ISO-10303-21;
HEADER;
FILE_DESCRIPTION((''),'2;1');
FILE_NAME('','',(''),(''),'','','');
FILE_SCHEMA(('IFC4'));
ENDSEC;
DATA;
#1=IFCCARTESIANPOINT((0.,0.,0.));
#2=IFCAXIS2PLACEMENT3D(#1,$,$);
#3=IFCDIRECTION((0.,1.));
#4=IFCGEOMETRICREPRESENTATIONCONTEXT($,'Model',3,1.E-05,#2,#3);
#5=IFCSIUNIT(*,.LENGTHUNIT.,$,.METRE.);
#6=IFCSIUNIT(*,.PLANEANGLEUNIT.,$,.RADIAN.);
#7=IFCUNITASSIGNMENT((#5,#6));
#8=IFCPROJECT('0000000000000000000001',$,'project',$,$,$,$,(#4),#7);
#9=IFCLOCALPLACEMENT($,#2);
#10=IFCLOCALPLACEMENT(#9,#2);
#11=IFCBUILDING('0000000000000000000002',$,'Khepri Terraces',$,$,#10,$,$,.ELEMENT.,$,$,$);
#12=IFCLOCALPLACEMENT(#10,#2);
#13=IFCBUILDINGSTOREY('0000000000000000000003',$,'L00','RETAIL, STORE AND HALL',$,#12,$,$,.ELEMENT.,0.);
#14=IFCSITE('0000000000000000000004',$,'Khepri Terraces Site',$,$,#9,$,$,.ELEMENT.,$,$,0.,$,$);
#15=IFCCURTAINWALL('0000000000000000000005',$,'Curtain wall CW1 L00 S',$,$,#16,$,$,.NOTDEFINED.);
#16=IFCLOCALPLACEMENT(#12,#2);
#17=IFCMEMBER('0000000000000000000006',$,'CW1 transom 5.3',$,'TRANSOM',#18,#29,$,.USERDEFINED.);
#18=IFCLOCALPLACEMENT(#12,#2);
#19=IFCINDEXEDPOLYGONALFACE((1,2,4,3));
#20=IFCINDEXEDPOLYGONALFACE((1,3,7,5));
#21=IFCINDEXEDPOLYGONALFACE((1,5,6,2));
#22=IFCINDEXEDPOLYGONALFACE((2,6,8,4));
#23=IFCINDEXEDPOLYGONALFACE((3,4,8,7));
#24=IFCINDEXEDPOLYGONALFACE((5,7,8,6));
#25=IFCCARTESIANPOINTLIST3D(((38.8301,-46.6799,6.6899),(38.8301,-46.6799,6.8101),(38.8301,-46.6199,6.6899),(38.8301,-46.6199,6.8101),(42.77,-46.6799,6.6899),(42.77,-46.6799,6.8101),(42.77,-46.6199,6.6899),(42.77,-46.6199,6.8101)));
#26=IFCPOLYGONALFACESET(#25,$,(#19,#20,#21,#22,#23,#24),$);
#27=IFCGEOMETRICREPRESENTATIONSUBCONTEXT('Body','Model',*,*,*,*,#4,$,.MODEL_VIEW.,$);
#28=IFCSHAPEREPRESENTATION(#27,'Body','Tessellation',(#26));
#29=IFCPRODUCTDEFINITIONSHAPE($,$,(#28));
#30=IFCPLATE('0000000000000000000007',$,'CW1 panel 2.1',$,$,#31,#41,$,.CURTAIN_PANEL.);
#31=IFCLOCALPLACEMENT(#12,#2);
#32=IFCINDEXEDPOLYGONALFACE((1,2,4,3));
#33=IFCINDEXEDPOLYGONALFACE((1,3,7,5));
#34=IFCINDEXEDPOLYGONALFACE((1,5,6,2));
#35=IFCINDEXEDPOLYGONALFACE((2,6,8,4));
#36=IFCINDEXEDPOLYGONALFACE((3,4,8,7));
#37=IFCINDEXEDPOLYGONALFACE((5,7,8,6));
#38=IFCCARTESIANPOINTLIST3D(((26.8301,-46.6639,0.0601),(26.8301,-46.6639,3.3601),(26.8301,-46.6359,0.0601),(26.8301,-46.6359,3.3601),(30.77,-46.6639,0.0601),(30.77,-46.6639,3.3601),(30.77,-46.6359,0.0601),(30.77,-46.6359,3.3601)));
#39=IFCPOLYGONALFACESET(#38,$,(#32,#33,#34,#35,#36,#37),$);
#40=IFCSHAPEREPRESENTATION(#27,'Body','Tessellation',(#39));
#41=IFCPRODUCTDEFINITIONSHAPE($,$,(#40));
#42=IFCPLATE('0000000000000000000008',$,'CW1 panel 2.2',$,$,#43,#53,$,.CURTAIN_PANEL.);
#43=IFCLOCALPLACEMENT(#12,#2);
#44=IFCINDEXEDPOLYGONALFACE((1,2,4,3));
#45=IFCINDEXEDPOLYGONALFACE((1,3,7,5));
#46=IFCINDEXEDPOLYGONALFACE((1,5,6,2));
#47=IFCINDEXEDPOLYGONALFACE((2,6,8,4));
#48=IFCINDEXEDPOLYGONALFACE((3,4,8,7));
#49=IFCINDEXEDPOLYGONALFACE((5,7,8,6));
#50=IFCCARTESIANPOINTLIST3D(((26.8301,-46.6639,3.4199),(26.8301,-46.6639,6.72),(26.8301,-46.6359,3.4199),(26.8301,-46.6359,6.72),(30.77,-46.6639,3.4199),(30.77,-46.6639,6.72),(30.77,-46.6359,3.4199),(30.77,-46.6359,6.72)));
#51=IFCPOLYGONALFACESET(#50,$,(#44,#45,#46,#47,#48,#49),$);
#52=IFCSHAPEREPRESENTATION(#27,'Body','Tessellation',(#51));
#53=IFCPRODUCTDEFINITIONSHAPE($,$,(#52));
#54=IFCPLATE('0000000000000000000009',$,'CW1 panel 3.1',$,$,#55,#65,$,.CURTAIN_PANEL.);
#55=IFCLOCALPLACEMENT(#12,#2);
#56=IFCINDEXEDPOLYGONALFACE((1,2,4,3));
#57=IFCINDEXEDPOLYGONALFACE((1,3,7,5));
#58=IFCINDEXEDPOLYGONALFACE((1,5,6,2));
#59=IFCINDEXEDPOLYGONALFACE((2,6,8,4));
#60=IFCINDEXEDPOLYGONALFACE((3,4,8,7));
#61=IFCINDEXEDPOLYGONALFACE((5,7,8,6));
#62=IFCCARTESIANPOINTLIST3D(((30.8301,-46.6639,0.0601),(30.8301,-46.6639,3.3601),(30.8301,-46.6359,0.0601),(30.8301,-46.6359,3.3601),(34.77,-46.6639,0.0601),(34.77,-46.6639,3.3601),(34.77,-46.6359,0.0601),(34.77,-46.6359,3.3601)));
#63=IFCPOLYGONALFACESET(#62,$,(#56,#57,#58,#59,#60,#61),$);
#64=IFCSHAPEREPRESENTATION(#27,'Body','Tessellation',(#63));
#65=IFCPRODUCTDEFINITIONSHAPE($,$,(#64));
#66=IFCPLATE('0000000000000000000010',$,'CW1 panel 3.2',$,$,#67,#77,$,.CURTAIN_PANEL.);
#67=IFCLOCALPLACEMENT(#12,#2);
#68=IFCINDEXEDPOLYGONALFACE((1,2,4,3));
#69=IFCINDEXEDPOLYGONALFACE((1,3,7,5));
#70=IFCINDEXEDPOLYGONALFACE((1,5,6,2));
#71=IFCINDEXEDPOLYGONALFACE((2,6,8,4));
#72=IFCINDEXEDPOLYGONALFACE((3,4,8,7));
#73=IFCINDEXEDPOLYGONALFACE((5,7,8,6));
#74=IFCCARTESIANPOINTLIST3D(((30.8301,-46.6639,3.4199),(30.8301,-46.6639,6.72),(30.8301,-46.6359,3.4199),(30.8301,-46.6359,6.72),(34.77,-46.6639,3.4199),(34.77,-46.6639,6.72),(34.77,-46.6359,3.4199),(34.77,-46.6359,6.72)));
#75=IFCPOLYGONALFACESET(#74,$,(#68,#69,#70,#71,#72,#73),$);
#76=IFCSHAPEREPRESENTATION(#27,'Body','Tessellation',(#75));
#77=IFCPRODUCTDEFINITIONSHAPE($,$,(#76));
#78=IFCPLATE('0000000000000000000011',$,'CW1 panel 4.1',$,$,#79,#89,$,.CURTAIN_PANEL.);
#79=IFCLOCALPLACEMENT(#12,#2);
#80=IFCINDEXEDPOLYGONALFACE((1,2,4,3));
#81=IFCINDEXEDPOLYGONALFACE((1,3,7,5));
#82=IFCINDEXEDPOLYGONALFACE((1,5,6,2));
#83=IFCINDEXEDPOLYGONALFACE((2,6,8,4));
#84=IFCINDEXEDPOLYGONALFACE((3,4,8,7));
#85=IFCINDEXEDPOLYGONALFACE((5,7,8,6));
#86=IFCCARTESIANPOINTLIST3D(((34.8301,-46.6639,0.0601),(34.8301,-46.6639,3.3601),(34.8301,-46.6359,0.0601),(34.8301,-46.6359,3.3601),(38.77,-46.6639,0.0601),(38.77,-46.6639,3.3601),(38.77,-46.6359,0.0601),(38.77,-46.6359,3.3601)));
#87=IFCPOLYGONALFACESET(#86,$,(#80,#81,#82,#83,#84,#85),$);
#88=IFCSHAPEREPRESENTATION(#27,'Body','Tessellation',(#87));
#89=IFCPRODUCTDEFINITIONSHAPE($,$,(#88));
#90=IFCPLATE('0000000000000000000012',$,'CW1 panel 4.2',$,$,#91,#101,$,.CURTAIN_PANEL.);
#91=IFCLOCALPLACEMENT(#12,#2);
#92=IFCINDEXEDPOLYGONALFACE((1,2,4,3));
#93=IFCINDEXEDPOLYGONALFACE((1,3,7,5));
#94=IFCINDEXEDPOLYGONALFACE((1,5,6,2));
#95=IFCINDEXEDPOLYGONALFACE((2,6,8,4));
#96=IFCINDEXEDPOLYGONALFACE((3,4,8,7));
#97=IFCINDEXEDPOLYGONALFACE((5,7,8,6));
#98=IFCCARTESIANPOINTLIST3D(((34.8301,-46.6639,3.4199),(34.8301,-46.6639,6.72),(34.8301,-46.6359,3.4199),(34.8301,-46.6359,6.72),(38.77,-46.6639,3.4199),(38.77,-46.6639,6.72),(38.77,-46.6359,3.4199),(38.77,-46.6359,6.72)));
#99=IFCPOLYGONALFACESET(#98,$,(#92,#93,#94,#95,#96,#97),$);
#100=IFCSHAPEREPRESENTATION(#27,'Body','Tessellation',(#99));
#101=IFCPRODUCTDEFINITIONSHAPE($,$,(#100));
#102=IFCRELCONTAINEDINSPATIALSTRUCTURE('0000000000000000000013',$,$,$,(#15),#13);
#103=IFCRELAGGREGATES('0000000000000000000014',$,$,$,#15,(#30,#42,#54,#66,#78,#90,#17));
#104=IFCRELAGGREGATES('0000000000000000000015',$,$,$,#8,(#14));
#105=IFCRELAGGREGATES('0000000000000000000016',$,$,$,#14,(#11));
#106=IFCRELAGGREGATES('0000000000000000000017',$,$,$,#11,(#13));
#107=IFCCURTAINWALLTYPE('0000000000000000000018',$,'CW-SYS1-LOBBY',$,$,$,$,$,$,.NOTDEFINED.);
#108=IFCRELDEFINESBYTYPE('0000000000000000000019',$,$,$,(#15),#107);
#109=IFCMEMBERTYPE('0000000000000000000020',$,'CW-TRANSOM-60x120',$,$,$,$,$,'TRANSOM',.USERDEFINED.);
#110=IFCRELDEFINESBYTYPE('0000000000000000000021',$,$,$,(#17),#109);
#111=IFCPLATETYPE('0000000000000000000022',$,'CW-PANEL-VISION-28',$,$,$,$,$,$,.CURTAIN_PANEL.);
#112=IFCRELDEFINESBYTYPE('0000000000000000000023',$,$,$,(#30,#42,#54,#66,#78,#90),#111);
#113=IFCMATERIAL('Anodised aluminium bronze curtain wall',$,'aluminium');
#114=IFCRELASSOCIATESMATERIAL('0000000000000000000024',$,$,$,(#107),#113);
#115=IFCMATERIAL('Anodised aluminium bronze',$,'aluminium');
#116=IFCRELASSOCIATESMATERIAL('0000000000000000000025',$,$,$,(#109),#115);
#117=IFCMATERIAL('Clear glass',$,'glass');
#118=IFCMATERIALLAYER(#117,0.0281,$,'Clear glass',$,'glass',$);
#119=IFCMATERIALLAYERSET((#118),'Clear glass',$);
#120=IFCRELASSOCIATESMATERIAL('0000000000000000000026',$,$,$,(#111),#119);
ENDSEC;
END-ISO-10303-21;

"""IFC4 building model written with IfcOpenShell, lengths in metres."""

from ifc_helpers import new_model, si_unit, direction, frame, origin, origin_2d, place, context, subcontext, project, spatial, rectangle, extrude, material, layer, layer_set, material_profile, profile_set, type_object, element, aggregate, save


model = new_model("IFC4")

# Units and contexts
model_context = context("Model", 3, precision=1e-05, world=origin(), true_north=direction((0.0, 1.0)))
body_context = subcontext(model_context, "Body", "Model", "MODEL_VIEW")
ifc_project = project(units=[si_unit("LENGTHUNIT", "METRE"), si_unit("PLANEANGLEUNIT", "RADIAN")], contexts=[model_context])

# Site, building, storey
site_placement = place(None, origin())
site = spatial("IfcSite", under=ifc_project, at=site_placement, Name="Khepri Terraces Site", CompositionType="ELEMENT", RefElevation=0.0)
building_placement = place(site_placement, origin())
building = spatial("IfcBuilding", under=site, at=building_placement, Name="Khepri Terraces", CompositionType="ELEMENT")
storey_placement = place(building_placement, origin())
storey = spatial("IfcBuildingStorey", under=building, at=storey_placement, Name="L00", Description="RETAIL, STORE AND HALL", CompositionType="ELEMENT", Elevation=0.0)

# Curtain wall, member, plates
ifc_material_1 = material(Name="Anodised aluminium bronze curtain wall", Category="aluminium")
curtain_wall_type = type_object("IfcCurtainWallType", Name="CW-SYS1-LOBBY", PredefinedType="NOTDEFINED", material=ifc_material_1)
curtain_wall_placement = place(storey_placement, origin())
curtain_wall = element("IfcCurtainWall", 1, at=curtain_wall_placement, inside=storey, type_object=curtain_wall_type, Name="Curtain wall CW1 L00 S", PredefinedType="NOTDEFINED")
ifc_material_2 = material(Name="Anodised aluminium bronze", Category="aluminium")
ifc_material_profile_1 = material_profile(ifc_material_2, rectangle(XDim=0.0601, YDim=0.1201, at=origin_2d()), Name="Anodised aluminium bronze", Category="aluminium")
ifc_profile_set_1 = profile_set([ifc_material_profile_1], Name="Anodised aluminium bronze")
member_type_1 = type_object("IfcMemberType", Name="CW-TRANSOM-60x120", ElementType="TRANSOM", PredefinedType="USERDEFINED", material=ifc_profile_set_1)
member_1_placement = place(storey_placement, frame((38.8301, -46.6499, 6.75), z_axis=(1.0, 0.0, 0.0), x_axis=(0.0, 1.0, 0.0)))
member_1 = element("IfcMember", 2, at=member_1_placement, type_object=member_type_1, Name="CW1 transom 5.3", ObjectType="TRANSOM", PredefinedType="USERDEFINED", context=body_context, shape_type="SweptSolid", body=[
    extrude(rectangle(XDim=0.0601, YDim=0.1201, at=origin_2d()), origin(), (0.0, 0.0, 1.0), 3.9399),
])
ifc_material_3 = material(Name="Clear glass", Category="glass")
ifc_layer = layer(ifc_material_3, 0.0281, Name="Clear glass", Category="glass")
ifc_layer_set = layer_set([ifc_layer], Name="Clear glass")
plate_type = type_object("IfcPlateType", Name="CW-PANEL-VISION-28", PredefinedType="CURTAIN_PANEL", material=ifc_layer_set)
plate_1_placement = place(storey_placement, frame((28.8, -46.6499, 0.0601), z_axis=(0.0, 0.0, 1.0), x_axis=(1.0, 0.0, 0.0)))
plate_1 = element("IfcPlate", 3, at=plate_1_placement, type_object=plate_type, Name="CW1 panel 2.1", PredefinedType="CURTAIN_PANEL", context=body_context, shape_type="SweptSolid", body=[
    extrude(rectangle(XDim=3.9399, YDim=0.0281, at=origin_2d()), origin(), (0.0, 0.0, 1.0), 3.3),
])
plate_2_placement = place(storey_placement, frame((28.8, -46.6499, 3.4199), z_axis=(0.0, 0.0, 1.0), x_axis=(1.0, 0.0, 0.0)))
plate_2 = element("IfcPlate", 4, at=plate_2_placement, type_object=plate_type, Name="CW1 panel 2.2", PredefinedType="CURTAIN_PANEL", context=body_context, shape_type="SweptSolid", body=[
    extrude(rectangle(XDim=3.9399, YDim=0.0281, at=origin_2d()), origin(), (0.0, 0.0, 1.0), 3.3),
])
plate_3_placement = place(storey_placement, frame((32.8, -46.6499, 0.0601), z_axis=(0.0, 0.0, 1.0), x_axis=(1.0, 0.0, 0.0)))
plate_3 = element("IfcPlate", 5, at=plate_3_placement, type_object=plate_type, Name="CW1 panel 3.1", PredefinedType="CURTAIN_PANEL", context=body_context, shape_type="SweptSolid", body=[
    extrude(rectangle(XDim=3.9399, YDim=0.0281, at=origin_2d()), origin(), (0.0, 0.0, 1.0), 3.3),
])
plate_4_placement = place(storey_placement, frame((32.8, -46.6499, 3.4199), z_axis=(0.0, 0.0, 1.0), x_axis=(1.0, 0.0, 0.0)))
plate_4 = element("IfcPlate", 6, at=plate_4_placement, type_object=plate_type, Name="CW1 panel 3.2", PredefinedType="CURTAIN_PANEL", context=body_context, shape_type="SweptSolid", body=[
    extrude(rectangle(XDim=3.9399, YDim=0.0281, at=origin_2d()), origin(), (0.0, 0.0, 1.0), 3.3),
])
plate_5_placement = place(storey_placement, frame((36.8, -46.6499, 0.0601), z_axis=(0.0, 0.0, 1.0), x_axis=(1.0, 0.0, 0.0)))
plate_5 = element("IfcPlate", 7, at=plate_5_placement, type_object=plate_type, Name="CW1 panel 4.1", PredefinedType="CURTAIN_PANEL", context=body_context, shape_type="SweptSolid", body=[
    extrude(rectangle(XDim=3.9399, YDim=0.0281, at=origin_2d()), origin(), (0.0, 0.0, 1.0), 3.3),
])
plate_6_placement = place(storey_placement, frame((36.8, -46.6499, 3.4199), z_axis=(0.0, 0.0, 1.0), x_axis=(1.0, 0.0, 0.0)))
plate_6 = element("IfcPlate", 8, at=plate_6_placement, type_object=plate_type, Name="CW1 panel 4.2", PredefinedType="CURTAIN_PANEL", context=body_context, shape_type="SweptSolid", body=[
    extrude(rectangle(XDim=3.9399, YDim=0.0281, at=origin_2d()), origin(), (0.0, 0.0, 1.0), 3.3),
])
aggregate(curtain_wall, [plate_1, plate_2, plate_3, plate_4, plate_5, plate_6, member_1])

save(model, "model.ifc")
